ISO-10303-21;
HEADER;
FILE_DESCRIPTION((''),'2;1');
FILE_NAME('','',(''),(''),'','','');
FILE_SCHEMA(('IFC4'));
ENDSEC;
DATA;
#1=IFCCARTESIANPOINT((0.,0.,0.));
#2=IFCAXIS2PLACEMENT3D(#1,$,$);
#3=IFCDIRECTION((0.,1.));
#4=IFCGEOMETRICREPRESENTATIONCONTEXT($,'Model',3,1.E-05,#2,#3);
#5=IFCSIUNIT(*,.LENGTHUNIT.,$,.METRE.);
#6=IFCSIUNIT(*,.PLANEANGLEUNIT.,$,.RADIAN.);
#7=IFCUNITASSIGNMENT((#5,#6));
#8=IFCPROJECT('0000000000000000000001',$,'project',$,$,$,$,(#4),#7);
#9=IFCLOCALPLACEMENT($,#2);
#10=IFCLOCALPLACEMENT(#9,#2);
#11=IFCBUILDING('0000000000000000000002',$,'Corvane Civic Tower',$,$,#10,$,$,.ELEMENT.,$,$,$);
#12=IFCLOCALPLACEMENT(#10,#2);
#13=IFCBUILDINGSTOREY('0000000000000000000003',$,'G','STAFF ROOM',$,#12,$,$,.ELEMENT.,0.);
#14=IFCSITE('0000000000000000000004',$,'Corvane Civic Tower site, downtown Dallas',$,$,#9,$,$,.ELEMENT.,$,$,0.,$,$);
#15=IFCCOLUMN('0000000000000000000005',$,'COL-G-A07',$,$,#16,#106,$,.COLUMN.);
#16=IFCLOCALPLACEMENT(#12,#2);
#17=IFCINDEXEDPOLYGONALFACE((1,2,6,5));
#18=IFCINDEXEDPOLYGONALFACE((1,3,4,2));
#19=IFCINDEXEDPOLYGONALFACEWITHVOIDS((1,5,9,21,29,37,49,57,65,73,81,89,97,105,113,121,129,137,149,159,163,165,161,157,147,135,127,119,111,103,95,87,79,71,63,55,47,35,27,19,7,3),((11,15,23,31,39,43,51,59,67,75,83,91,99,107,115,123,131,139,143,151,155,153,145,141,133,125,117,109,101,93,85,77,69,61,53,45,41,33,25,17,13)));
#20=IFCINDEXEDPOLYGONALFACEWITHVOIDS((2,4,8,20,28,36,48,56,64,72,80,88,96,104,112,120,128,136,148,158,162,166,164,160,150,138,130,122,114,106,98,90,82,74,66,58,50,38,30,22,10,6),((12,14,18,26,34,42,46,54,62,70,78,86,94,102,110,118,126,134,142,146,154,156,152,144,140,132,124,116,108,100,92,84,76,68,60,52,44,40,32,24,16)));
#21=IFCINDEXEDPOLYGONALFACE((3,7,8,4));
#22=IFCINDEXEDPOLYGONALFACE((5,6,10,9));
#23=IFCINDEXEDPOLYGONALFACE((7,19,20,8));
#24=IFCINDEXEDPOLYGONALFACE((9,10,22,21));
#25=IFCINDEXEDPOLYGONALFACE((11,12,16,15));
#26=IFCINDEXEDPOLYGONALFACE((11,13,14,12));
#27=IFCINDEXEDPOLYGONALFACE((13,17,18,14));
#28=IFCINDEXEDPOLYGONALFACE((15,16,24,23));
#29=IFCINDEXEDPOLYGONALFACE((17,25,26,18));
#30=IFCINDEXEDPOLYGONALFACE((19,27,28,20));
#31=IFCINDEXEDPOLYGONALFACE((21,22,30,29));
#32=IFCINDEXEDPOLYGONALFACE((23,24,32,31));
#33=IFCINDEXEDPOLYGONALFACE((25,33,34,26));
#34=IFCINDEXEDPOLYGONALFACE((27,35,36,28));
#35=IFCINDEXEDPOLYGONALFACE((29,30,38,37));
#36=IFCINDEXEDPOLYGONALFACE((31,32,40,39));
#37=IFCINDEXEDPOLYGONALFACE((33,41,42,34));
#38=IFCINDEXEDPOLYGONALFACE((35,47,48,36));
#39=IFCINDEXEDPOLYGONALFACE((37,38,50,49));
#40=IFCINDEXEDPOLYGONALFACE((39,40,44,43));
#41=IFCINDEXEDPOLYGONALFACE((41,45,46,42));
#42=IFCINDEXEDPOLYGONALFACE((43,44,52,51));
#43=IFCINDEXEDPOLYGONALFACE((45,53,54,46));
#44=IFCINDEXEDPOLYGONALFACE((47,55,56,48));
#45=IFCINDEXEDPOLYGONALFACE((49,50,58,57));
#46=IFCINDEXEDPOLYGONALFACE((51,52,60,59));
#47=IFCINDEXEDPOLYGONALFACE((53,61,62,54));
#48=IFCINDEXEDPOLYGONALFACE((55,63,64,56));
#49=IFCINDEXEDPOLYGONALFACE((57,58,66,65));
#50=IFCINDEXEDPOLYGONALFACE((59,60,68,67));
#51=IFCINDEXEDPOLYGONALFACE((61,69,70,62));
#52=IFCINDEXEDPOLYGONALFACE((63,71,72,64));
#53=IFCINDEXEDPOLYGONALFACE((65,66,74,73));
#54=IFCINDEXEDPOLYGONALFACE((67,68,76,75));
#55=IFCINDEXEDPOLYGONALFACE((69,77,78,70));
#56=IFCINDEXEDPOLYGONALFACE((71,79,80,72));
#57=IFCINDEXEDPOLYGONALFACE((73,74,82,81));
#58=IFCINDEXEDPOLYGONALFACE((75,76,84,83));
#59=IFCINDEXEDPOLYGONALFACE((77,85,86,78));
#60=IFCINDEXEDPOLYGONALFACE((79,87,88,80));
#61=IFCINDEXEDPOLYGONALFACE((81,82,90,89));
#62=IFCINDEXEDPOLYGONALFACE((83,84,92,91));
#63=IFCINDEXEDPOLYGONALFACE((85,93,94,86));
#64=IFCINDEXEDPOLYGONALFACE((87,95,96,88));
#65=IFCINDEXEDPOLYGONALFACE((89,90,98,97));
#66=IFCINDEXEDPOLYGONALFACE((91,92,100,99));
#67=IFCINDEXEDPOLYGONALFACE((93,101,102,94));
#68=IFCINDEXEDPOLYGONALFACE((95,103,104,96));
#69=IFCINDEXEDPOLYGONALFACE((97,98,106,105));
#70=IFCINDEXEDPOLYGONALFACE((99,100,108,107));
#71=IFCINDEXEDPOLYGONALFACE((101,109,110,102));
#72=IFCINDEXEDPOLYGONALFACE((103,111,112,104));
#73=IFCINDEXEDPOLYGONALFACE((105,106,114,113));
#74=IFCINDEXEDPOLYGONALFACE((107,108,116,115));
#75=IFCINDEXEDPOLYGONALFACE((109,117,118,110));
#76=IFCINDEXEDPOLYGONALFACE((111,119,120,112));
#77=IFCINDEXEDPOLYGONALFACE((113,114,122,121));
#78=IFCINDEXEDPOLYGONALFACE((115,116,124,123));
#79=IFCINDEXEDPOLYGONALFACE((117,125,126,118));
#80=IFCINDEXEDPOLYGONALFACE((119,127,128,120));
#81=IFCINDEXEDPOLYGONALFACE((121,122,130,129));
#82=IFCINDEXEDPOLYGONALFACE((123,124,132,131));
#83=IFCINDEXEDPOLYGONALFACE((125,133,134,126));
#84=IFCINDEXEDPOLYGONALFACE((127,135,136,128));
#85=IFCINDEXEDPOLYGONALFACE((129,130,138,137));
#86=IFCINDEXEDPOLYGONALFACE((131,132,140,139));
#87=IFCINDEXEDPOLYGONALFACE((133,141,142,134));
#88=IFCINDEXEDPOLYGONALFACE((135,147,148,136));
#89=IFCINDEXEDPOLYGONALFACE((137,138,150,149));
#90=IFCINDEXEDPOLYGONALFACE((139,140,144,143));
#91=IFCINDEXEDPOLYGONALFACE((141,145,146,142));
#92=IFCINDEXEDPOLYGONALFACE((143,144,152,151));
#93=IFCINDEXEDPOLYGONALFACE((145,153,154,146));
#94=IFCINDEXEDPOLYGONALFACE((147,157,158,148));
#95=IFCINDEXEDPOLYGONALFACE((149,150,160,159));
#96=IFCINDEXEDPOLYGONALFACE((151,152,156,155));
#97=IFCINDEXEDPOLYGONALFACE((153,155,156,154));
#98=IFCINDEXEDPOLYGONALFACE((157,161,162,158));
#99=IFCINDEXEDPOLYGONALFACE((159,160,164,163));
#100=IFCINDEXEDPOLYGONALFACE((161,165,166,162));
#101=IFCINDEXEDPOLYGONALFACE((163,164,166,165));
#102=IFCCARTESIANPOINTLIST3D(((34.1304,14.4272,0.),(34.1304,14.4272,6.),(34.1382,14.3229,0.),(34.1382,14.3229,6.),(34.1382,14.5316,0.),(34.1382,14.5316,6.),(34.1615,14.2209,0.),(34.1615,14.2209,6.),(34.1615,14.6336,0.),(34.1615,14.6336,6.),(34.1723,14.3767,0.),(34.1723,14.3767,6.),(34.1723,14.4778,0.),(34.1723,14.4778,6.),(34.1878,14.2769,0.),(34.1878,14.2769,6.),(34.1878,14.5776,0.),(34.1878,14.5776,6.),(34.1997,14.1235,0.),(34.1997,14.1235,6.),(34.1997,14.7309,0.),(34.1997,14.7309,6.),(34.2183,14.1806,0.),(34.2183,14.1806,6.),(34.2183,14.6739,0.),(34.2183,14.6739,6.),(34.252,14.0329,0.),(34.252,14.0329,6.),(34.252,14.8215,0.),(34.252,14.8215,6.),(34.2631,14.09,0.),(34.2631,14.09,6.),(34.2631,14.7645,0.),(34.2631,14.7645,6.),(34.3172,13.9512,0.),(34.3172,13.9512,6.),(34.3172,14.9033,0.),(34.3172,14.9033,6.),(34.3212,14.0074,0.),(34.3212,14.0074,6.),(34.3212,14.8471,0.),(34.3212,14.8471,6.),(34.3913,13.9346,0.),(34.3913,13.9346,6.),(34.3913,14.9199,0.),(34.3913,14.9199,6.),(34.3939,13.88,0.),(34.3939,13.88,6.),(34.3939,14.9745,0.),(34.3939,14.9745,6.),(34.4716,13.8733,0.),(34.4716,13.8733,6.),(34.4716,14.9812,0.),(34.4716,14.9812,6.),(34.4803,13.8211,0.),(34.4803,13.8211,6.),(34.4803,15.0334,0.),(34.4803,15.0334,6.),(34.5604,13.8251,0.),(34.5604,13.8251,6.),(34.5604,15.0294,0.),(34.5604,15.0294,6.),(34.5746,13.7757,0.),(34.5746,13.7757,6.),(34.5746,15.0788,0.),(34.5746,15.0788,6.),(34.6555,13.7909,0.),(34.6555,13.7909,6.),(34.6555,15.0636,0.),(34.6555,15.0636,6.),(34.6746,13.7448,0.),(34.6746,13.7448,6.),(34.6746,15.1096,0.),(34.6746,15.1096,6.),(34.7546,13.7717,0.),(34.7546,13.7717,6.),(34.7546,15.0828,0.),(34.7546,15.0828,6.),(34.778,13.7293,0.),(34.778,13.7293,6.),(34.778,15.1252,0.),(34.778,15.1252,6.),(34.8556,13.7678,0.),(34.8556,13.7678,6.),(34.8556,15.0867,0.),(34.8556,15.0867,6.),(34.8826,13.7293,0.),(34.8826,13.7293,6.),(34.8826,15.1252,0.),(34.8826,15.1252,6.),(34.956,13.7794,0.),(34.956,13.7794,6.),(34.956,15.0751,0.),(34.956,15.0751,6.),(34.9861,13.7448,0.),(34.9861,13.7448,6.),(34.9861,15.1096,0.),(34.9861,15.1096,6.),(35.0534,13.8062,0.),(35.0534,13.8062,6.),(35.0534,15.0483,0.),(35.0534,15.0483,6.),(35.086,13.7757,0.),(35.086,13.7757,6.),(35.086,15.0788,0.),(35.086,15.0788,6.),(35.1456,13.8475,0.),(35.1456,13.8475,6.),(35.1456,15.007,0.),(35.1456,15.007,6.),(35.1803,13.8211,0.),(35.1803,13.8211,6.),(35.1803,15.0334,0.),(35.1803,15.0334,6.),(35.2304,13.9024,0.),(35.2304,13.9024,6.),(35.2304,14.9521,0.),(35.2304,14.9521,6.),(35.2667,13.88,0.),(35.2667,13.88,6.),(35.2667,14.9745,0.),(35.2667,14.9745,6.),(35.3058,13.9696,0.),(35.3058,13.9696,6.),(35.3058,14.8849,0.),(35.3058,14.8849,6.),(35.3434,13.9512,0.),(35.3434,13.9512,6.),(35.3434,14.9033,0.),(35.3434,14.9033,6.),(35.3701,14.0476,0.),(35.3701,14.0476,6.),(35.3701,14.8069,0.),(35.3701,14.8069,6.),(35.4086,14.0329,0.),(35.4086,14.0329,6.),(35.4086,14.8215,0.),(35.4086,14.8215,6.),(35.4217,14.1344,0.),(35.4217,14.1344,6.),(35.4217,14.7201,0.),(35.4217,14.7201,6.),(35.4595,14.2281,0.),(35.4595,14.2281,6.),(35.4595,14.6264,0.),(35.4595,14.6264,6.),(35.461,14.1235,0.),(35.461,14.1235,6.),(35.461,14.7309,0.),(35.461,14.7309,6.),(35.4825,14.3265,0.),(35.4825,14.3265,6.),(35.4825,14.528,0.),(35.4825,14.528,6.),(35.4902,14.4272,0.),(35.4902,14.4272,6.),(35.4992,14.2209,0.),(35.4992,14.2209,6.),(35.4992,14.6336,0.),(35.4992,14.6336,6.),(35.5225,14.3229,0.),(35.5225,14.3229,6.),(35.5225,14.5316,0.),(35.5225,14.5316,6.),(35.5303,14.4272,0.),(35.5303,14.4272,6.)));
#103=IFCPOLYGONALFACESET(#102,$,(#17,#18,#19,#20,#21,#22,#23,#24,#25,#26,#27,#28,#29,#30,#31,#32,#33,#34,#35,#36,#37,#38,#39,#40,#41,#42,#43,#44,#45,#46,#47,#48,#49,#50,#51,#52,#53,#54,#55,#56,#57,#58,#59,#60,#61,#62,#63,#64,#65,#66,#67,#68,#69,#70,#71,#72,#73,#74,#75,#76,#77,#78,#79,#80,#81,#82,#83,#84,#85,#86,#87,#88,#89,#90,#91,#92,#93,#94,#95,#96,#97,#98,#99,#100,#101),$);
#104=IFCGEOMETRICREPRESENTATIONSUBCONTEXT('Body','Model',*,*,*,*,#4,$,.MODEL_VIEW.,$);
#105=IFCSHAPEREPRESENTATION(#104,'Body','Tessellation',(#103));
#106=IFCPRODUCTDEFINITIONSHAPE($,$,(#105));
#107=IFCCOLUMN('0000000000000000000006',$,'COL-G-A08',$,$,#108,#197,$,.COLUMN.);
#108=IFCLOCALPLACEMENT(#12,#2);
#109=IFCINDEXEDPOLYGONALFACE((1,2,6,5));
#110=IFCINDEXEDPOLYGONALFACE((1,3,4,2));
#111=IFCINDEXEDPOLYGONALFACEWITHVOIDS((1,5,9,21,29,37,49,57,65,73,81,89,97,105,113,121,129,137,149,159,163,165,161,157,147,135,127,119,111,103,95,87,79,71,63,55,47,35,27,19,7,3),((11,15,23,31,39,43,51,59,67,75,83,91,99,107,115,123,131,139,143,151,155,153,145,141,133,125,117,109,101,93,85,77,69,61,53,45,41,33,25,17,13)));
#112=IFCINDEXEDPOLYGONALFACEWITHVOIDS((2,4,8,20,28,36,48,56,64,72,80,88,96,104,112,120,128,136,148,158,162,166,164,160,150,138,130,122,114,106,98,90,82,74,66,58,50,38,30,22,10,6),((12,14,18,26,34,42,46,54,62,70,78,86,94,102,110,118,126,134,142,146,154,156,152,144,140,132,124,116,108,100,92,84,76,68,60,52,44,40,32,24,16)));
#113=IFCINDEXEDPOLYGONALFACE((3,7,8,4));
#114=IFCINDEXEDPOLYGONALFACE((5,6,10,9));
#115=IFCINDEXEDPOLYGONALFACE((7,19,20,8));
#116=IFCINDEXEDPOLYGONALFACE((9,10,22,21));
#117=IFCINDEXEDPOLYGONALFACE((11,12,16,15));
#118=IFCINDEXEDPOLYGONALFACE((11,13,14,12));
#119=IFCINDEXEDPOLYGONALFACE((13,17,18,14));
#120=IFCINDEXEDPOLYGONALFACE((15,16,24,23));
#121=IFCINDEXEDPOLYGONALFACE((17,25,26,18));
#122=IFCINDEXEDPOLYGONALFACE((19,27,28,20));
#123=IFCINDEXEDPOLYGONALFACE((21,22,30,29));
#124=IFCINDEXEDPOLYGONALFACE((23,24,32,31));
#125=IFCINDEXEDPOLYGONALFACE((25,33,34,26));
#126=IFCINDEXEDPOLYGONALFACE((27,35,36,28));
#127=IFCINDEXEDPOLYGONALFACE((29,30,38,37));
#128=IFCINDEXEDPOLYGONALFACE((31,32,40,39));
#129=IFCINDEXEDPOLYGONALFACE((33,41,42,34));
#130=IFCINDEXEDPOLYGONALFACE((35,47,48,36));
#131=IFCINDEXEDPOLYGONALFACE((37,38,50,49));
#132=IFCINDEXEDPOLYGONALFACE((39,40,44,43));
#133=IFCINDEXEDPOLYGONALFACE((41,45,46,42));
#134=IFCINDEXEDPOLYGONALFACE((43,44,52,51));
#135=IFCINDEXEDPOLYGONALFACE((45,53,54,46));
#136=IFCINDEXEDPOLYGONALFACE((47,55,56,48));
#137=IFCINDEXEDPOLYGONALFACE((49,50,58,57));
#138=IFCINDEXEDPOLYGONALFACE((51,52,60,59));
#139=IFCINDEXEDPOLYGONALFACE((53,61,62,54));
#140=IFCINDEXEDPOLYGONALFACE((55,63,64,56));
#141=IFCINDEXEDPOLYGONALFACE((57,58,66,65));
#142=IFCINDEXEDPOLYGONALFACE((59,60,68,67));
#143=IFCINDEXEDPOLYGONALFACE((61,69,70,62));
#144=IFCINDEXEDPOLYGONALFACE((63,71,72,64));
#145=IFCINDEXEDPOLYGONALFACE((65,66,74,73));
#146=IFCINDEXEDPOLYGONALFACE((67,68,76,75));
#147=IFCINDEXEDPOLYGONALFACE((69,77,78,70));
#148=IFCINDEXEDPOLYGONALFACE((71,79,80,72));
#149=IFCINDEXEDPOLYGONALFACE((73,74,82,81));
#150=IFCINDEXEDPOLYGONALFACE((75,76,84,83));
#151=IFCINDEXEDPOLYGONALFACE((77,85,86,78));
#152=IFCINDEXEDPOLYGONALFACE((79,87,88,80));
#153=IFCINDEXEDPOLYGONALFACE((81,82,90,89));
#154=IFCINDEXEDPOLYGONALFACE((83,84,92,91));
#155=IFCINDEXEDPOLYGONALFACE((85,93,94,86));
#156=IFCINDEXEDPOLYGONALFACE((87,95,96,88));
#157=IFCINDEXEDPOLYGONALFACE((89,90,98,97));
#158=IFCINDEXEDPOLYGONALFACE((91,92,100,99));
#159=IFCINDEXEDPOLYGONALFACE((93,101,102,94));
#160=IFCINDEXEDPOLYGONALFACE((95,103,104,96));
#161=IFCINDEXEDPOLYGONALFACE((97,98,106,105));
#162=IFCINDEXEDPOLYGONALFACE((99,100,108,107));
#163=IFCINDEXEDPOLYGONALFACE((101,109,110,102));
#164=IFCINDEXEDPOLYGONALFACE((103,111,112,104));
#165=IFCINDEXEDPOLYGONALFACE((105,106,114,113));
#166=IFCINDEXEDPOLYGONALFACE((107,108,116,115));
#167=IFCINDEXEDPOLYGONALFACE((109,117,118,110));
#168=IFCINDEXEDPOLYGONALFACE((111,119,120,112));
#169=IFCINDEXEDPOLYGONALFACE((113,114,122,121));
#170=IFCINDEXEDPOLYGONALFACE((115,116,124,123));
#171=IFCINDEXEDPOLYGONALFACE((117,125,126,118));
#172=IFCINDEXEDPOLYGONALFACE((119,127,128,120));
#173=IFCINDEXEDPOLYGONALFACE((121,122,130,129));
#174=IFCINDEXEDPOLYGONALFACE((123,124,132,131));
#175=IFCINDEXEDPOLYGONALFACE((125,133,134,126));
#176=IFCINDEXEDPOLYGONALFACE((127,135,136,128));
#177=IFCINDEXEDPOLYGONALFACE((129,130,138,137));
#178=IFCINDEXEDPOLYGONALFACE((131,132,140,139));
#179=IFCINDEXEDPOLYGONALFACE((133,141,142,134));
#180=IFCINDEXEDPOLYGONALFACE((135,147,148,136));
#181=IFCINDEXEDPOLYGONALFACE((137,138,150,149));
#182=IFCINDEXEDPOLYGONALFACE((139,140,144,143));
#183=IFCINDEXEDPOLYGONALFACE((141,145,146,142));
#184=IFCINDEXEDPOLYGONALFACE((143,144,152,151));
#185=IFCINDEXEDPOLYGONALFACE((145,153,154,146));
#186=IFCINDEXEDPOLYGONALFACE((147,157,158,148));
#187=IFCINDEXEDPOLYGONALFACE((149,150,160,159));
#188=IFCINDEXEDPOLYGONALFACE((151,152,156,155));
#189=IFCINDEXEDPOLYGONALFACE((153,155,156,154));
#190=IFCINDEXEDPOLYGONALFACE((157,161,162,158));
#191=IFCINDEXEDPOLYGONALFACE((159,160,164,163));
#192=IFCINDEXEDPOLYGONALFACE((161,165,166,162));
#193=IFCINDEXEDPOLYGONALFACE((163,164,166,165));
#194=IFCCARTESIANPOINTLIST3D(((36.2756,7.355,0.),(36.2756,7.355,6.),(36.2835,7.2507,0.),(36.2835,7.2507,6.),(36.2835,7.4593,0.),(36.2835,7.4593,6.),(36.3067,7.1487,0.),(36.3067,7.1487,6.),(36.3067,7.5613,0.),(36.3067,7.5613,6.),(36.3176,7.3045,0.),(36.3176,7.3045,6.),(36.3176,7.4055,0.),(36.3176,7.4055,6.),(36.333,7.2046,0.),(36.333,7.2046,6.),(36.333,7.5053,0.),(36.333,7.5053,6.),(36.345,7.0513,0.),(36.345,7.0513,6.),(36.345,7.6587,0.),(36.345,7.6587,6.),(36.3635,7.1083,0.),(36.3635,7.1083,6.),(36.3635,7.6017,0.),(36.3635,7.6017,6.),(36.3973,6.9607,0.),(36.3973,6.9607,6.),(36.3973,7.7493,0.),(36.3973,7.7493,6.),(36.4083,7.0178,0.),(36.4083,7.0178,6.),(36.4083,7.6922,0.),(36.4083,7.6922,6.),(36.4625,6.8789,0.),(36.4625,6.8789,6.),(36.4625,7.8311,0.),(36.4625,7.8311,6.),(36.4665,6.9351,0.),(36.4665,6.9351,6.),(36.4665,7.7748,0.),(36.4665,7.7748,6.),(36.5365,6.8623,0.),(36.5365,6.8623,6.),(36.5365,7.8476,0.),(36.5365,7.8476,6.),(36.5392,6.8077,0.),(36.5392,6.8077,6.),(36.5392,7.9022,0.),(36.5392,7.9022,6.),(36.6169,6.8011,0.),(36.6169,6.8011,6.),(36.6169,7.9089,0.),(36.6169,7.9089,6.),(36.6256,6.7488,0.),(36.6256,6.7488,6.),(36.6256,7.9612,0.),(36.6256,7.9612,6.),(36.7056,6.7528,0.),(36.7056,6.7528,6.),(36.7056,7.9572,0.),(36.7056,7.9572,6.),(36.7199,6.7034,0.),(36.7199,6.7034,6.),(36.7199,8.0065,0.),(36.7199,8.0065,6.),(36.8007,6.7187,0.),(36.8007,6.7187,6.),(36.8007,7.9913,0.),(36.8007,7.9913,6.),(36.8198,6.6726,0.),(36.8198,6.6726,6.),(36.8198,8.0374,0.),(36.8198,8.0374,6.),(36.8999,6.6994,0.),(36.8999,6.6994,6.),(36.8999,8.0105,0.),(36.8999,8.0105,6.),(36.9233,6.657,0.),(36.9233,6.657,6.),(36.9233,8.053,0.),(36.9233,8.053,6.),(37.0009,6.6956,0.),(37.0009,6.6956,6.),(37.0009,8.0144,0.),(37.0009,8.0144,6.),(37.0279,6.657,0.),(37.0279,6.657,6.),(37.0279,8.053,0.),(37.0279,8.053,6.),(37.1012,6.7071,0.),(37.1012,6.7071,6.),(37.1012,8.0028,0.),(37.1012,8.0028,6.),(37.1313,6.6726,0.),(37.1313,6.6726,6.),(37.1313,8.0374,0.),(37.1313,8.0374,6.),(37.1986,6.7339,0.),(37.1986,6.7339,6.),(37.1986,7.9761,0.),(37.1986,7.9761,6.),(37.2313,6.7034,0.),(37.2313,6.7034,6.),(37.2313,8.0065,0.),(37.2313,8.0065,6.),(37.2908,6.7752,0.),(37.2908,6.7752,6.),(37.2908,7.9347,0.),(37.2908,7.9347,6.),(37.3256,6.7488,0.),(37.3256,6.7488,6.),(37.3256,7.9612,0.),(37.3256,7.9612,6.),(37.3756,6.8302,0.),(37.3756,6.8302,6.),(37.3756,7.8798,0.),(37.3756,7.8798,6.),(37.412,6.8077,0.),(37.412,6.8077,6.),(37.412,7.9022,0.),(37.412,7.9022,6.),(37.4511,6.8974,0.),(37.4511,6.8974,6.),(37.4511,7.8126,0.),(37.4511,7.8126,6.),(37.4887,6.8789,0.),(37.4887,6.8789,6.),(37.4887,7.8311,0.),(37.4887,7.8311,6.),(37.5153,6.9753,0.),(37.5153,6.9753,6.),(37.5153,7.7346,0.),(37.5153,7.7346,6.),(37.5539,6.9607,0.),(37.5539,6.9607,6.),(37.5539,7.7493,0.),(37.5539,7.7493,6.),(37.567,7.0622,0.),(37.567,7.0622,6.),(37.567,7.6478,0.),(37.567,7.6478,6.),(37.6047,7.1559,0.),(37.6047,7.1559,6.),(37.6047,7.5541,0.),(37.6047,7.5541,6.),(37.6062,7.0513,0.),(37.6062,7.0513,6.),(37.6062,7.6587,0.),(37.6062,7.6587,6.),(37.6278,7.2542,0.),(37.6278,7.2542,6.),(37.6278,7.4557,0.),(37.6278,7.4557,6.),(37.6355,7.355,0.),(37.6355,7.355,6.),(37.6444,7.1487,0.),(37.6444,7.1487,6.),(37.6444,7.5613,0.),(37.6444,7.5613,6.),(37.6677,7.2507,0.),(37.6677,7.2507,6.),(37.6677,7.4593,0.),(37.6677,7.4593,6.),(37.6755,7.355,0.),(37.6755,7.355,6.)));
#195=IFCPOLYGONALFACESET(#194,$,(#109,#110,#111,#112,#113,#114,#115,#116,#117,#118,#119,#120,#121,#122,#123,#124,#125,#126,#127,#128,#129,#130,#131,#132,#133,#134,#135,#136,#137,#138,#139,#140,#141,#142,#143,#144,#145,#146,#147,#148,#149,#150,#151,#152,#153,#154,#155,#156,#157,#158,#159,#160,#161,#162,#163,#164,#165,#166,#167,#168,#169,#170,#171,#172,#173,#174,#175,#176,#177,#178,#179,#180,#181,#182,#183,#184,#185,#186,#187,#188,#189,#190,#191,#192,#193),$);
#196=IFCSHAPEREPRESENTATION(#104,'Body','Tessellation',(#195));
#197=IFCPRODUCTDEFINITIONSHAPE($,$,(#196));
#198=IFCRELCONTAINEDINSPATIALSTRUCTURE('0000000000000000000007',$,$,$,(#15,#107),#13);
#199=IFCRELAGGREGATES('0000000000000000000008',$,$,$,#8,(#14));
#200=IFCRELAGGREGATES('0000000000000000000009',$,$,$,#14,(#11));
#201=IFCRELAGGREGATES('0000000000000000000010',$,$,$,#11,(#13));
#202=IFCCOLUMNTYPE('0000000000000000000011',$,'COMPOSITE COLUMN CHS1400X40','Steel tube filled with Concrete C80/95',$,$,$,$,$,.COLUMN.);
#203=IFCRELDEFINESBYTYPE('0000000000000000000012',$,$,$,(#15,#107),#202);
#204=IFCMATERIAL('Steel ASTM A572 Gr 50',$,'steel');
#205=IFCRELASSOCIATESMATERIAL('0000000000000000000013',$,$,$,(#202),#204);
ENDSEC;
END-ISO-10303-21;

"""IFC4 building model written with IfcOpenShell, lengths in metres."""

from ifc_helpers import new_model, si_unit, direction, frame, origin, origin_2d, place, context, subcontext, project, spatial, hollow_circle, extrude, material, material_profile, profile_set, type_object, element, save


model = new_model("IFC4")

# Units and contexts
model_context = context("Model", 3, precision=1e-05, world=origin(), true_north=direction((0.0, 1.0)))
body_context = subcontext(model_context, "Body", "Model", "MODEL_VIEW")
ifc_project = project(units=[si_unit("LENGTHUNIT", "METRE"), si_unit("PLANEANGLEUNIT", "RADIAN")], contexts=[model_context])

# Site, building, storey
site_placement = place(None, origin())
site = spatial("IfcSite", under=ifc_project, at=site_placement, Name="Corvane Civic Tower site, downtown Dallas", CompositionType="ELEMENT", RefElevation=0.0)
building_placement = place(site_placement, origin())
building = spatial("IfcBuilding", under=site, at=building_placement, Name="Corvane Civic Tower", CompositionType="ELEMENT")
storey_placement = place(building_placement, origin())
storey = spatial("IfcBuildingStorey", under=building, at=storey_placement, Name="G", Description="STAFF ROOM", CompositionType="ELEMENT", Elevation=0.0)

# Columns
ifc_material_1 = material(Name="Steel ASTM A572 Gr 50", Category="steel")
ifc_material_profile_1 = material_profile(ifc_material_1, hollow_circle(Radius=0.7, WallThickness=0.04, at=origin_2d()), Name="CHS1400X40")
ifc_profile_set_1 = profile_set([ifc_material_profile_1], Name="Steel ASTM A572 Gr 50")
column_type_1 = type_object("IfcColumnType", Name="COMPOSITE COLUMN CHS1400X40", Description="Steel tube filled with Concrete C80/95", PredefinedType="COLUMN", material=ifc_profile_set_1)
for number, where, z_axis, x_axis, name in (
    (1, (34.8303, 14.4272, 0.0), (0.0, 0.0, 1.0), (1.0, 0.0, 0.0), "COL-G-A07"),
    (2, (36.9756, 7.355, 0.0), (0.0, 0.0, 1.0), (1.0, 0.0, 0.0), "COL-G-A08"),
):
    element("IfcColumn", number, at=place(storey_placement, frame(where, z_axis=z_axis, x_axis=x_axis)), inside=storey, type_object=column_type_1, Name=name, PredefinedType="COLUMN", context=body_context, shape_type="SweptSolid", body=[
        extrude(hollow_circle(Radius=0.7, WallThickness=0.04, at=origin_2d()), origin(), (0.0, 0.0, 1.0), 6.0),
    ])

save(model, "model.ifc")
